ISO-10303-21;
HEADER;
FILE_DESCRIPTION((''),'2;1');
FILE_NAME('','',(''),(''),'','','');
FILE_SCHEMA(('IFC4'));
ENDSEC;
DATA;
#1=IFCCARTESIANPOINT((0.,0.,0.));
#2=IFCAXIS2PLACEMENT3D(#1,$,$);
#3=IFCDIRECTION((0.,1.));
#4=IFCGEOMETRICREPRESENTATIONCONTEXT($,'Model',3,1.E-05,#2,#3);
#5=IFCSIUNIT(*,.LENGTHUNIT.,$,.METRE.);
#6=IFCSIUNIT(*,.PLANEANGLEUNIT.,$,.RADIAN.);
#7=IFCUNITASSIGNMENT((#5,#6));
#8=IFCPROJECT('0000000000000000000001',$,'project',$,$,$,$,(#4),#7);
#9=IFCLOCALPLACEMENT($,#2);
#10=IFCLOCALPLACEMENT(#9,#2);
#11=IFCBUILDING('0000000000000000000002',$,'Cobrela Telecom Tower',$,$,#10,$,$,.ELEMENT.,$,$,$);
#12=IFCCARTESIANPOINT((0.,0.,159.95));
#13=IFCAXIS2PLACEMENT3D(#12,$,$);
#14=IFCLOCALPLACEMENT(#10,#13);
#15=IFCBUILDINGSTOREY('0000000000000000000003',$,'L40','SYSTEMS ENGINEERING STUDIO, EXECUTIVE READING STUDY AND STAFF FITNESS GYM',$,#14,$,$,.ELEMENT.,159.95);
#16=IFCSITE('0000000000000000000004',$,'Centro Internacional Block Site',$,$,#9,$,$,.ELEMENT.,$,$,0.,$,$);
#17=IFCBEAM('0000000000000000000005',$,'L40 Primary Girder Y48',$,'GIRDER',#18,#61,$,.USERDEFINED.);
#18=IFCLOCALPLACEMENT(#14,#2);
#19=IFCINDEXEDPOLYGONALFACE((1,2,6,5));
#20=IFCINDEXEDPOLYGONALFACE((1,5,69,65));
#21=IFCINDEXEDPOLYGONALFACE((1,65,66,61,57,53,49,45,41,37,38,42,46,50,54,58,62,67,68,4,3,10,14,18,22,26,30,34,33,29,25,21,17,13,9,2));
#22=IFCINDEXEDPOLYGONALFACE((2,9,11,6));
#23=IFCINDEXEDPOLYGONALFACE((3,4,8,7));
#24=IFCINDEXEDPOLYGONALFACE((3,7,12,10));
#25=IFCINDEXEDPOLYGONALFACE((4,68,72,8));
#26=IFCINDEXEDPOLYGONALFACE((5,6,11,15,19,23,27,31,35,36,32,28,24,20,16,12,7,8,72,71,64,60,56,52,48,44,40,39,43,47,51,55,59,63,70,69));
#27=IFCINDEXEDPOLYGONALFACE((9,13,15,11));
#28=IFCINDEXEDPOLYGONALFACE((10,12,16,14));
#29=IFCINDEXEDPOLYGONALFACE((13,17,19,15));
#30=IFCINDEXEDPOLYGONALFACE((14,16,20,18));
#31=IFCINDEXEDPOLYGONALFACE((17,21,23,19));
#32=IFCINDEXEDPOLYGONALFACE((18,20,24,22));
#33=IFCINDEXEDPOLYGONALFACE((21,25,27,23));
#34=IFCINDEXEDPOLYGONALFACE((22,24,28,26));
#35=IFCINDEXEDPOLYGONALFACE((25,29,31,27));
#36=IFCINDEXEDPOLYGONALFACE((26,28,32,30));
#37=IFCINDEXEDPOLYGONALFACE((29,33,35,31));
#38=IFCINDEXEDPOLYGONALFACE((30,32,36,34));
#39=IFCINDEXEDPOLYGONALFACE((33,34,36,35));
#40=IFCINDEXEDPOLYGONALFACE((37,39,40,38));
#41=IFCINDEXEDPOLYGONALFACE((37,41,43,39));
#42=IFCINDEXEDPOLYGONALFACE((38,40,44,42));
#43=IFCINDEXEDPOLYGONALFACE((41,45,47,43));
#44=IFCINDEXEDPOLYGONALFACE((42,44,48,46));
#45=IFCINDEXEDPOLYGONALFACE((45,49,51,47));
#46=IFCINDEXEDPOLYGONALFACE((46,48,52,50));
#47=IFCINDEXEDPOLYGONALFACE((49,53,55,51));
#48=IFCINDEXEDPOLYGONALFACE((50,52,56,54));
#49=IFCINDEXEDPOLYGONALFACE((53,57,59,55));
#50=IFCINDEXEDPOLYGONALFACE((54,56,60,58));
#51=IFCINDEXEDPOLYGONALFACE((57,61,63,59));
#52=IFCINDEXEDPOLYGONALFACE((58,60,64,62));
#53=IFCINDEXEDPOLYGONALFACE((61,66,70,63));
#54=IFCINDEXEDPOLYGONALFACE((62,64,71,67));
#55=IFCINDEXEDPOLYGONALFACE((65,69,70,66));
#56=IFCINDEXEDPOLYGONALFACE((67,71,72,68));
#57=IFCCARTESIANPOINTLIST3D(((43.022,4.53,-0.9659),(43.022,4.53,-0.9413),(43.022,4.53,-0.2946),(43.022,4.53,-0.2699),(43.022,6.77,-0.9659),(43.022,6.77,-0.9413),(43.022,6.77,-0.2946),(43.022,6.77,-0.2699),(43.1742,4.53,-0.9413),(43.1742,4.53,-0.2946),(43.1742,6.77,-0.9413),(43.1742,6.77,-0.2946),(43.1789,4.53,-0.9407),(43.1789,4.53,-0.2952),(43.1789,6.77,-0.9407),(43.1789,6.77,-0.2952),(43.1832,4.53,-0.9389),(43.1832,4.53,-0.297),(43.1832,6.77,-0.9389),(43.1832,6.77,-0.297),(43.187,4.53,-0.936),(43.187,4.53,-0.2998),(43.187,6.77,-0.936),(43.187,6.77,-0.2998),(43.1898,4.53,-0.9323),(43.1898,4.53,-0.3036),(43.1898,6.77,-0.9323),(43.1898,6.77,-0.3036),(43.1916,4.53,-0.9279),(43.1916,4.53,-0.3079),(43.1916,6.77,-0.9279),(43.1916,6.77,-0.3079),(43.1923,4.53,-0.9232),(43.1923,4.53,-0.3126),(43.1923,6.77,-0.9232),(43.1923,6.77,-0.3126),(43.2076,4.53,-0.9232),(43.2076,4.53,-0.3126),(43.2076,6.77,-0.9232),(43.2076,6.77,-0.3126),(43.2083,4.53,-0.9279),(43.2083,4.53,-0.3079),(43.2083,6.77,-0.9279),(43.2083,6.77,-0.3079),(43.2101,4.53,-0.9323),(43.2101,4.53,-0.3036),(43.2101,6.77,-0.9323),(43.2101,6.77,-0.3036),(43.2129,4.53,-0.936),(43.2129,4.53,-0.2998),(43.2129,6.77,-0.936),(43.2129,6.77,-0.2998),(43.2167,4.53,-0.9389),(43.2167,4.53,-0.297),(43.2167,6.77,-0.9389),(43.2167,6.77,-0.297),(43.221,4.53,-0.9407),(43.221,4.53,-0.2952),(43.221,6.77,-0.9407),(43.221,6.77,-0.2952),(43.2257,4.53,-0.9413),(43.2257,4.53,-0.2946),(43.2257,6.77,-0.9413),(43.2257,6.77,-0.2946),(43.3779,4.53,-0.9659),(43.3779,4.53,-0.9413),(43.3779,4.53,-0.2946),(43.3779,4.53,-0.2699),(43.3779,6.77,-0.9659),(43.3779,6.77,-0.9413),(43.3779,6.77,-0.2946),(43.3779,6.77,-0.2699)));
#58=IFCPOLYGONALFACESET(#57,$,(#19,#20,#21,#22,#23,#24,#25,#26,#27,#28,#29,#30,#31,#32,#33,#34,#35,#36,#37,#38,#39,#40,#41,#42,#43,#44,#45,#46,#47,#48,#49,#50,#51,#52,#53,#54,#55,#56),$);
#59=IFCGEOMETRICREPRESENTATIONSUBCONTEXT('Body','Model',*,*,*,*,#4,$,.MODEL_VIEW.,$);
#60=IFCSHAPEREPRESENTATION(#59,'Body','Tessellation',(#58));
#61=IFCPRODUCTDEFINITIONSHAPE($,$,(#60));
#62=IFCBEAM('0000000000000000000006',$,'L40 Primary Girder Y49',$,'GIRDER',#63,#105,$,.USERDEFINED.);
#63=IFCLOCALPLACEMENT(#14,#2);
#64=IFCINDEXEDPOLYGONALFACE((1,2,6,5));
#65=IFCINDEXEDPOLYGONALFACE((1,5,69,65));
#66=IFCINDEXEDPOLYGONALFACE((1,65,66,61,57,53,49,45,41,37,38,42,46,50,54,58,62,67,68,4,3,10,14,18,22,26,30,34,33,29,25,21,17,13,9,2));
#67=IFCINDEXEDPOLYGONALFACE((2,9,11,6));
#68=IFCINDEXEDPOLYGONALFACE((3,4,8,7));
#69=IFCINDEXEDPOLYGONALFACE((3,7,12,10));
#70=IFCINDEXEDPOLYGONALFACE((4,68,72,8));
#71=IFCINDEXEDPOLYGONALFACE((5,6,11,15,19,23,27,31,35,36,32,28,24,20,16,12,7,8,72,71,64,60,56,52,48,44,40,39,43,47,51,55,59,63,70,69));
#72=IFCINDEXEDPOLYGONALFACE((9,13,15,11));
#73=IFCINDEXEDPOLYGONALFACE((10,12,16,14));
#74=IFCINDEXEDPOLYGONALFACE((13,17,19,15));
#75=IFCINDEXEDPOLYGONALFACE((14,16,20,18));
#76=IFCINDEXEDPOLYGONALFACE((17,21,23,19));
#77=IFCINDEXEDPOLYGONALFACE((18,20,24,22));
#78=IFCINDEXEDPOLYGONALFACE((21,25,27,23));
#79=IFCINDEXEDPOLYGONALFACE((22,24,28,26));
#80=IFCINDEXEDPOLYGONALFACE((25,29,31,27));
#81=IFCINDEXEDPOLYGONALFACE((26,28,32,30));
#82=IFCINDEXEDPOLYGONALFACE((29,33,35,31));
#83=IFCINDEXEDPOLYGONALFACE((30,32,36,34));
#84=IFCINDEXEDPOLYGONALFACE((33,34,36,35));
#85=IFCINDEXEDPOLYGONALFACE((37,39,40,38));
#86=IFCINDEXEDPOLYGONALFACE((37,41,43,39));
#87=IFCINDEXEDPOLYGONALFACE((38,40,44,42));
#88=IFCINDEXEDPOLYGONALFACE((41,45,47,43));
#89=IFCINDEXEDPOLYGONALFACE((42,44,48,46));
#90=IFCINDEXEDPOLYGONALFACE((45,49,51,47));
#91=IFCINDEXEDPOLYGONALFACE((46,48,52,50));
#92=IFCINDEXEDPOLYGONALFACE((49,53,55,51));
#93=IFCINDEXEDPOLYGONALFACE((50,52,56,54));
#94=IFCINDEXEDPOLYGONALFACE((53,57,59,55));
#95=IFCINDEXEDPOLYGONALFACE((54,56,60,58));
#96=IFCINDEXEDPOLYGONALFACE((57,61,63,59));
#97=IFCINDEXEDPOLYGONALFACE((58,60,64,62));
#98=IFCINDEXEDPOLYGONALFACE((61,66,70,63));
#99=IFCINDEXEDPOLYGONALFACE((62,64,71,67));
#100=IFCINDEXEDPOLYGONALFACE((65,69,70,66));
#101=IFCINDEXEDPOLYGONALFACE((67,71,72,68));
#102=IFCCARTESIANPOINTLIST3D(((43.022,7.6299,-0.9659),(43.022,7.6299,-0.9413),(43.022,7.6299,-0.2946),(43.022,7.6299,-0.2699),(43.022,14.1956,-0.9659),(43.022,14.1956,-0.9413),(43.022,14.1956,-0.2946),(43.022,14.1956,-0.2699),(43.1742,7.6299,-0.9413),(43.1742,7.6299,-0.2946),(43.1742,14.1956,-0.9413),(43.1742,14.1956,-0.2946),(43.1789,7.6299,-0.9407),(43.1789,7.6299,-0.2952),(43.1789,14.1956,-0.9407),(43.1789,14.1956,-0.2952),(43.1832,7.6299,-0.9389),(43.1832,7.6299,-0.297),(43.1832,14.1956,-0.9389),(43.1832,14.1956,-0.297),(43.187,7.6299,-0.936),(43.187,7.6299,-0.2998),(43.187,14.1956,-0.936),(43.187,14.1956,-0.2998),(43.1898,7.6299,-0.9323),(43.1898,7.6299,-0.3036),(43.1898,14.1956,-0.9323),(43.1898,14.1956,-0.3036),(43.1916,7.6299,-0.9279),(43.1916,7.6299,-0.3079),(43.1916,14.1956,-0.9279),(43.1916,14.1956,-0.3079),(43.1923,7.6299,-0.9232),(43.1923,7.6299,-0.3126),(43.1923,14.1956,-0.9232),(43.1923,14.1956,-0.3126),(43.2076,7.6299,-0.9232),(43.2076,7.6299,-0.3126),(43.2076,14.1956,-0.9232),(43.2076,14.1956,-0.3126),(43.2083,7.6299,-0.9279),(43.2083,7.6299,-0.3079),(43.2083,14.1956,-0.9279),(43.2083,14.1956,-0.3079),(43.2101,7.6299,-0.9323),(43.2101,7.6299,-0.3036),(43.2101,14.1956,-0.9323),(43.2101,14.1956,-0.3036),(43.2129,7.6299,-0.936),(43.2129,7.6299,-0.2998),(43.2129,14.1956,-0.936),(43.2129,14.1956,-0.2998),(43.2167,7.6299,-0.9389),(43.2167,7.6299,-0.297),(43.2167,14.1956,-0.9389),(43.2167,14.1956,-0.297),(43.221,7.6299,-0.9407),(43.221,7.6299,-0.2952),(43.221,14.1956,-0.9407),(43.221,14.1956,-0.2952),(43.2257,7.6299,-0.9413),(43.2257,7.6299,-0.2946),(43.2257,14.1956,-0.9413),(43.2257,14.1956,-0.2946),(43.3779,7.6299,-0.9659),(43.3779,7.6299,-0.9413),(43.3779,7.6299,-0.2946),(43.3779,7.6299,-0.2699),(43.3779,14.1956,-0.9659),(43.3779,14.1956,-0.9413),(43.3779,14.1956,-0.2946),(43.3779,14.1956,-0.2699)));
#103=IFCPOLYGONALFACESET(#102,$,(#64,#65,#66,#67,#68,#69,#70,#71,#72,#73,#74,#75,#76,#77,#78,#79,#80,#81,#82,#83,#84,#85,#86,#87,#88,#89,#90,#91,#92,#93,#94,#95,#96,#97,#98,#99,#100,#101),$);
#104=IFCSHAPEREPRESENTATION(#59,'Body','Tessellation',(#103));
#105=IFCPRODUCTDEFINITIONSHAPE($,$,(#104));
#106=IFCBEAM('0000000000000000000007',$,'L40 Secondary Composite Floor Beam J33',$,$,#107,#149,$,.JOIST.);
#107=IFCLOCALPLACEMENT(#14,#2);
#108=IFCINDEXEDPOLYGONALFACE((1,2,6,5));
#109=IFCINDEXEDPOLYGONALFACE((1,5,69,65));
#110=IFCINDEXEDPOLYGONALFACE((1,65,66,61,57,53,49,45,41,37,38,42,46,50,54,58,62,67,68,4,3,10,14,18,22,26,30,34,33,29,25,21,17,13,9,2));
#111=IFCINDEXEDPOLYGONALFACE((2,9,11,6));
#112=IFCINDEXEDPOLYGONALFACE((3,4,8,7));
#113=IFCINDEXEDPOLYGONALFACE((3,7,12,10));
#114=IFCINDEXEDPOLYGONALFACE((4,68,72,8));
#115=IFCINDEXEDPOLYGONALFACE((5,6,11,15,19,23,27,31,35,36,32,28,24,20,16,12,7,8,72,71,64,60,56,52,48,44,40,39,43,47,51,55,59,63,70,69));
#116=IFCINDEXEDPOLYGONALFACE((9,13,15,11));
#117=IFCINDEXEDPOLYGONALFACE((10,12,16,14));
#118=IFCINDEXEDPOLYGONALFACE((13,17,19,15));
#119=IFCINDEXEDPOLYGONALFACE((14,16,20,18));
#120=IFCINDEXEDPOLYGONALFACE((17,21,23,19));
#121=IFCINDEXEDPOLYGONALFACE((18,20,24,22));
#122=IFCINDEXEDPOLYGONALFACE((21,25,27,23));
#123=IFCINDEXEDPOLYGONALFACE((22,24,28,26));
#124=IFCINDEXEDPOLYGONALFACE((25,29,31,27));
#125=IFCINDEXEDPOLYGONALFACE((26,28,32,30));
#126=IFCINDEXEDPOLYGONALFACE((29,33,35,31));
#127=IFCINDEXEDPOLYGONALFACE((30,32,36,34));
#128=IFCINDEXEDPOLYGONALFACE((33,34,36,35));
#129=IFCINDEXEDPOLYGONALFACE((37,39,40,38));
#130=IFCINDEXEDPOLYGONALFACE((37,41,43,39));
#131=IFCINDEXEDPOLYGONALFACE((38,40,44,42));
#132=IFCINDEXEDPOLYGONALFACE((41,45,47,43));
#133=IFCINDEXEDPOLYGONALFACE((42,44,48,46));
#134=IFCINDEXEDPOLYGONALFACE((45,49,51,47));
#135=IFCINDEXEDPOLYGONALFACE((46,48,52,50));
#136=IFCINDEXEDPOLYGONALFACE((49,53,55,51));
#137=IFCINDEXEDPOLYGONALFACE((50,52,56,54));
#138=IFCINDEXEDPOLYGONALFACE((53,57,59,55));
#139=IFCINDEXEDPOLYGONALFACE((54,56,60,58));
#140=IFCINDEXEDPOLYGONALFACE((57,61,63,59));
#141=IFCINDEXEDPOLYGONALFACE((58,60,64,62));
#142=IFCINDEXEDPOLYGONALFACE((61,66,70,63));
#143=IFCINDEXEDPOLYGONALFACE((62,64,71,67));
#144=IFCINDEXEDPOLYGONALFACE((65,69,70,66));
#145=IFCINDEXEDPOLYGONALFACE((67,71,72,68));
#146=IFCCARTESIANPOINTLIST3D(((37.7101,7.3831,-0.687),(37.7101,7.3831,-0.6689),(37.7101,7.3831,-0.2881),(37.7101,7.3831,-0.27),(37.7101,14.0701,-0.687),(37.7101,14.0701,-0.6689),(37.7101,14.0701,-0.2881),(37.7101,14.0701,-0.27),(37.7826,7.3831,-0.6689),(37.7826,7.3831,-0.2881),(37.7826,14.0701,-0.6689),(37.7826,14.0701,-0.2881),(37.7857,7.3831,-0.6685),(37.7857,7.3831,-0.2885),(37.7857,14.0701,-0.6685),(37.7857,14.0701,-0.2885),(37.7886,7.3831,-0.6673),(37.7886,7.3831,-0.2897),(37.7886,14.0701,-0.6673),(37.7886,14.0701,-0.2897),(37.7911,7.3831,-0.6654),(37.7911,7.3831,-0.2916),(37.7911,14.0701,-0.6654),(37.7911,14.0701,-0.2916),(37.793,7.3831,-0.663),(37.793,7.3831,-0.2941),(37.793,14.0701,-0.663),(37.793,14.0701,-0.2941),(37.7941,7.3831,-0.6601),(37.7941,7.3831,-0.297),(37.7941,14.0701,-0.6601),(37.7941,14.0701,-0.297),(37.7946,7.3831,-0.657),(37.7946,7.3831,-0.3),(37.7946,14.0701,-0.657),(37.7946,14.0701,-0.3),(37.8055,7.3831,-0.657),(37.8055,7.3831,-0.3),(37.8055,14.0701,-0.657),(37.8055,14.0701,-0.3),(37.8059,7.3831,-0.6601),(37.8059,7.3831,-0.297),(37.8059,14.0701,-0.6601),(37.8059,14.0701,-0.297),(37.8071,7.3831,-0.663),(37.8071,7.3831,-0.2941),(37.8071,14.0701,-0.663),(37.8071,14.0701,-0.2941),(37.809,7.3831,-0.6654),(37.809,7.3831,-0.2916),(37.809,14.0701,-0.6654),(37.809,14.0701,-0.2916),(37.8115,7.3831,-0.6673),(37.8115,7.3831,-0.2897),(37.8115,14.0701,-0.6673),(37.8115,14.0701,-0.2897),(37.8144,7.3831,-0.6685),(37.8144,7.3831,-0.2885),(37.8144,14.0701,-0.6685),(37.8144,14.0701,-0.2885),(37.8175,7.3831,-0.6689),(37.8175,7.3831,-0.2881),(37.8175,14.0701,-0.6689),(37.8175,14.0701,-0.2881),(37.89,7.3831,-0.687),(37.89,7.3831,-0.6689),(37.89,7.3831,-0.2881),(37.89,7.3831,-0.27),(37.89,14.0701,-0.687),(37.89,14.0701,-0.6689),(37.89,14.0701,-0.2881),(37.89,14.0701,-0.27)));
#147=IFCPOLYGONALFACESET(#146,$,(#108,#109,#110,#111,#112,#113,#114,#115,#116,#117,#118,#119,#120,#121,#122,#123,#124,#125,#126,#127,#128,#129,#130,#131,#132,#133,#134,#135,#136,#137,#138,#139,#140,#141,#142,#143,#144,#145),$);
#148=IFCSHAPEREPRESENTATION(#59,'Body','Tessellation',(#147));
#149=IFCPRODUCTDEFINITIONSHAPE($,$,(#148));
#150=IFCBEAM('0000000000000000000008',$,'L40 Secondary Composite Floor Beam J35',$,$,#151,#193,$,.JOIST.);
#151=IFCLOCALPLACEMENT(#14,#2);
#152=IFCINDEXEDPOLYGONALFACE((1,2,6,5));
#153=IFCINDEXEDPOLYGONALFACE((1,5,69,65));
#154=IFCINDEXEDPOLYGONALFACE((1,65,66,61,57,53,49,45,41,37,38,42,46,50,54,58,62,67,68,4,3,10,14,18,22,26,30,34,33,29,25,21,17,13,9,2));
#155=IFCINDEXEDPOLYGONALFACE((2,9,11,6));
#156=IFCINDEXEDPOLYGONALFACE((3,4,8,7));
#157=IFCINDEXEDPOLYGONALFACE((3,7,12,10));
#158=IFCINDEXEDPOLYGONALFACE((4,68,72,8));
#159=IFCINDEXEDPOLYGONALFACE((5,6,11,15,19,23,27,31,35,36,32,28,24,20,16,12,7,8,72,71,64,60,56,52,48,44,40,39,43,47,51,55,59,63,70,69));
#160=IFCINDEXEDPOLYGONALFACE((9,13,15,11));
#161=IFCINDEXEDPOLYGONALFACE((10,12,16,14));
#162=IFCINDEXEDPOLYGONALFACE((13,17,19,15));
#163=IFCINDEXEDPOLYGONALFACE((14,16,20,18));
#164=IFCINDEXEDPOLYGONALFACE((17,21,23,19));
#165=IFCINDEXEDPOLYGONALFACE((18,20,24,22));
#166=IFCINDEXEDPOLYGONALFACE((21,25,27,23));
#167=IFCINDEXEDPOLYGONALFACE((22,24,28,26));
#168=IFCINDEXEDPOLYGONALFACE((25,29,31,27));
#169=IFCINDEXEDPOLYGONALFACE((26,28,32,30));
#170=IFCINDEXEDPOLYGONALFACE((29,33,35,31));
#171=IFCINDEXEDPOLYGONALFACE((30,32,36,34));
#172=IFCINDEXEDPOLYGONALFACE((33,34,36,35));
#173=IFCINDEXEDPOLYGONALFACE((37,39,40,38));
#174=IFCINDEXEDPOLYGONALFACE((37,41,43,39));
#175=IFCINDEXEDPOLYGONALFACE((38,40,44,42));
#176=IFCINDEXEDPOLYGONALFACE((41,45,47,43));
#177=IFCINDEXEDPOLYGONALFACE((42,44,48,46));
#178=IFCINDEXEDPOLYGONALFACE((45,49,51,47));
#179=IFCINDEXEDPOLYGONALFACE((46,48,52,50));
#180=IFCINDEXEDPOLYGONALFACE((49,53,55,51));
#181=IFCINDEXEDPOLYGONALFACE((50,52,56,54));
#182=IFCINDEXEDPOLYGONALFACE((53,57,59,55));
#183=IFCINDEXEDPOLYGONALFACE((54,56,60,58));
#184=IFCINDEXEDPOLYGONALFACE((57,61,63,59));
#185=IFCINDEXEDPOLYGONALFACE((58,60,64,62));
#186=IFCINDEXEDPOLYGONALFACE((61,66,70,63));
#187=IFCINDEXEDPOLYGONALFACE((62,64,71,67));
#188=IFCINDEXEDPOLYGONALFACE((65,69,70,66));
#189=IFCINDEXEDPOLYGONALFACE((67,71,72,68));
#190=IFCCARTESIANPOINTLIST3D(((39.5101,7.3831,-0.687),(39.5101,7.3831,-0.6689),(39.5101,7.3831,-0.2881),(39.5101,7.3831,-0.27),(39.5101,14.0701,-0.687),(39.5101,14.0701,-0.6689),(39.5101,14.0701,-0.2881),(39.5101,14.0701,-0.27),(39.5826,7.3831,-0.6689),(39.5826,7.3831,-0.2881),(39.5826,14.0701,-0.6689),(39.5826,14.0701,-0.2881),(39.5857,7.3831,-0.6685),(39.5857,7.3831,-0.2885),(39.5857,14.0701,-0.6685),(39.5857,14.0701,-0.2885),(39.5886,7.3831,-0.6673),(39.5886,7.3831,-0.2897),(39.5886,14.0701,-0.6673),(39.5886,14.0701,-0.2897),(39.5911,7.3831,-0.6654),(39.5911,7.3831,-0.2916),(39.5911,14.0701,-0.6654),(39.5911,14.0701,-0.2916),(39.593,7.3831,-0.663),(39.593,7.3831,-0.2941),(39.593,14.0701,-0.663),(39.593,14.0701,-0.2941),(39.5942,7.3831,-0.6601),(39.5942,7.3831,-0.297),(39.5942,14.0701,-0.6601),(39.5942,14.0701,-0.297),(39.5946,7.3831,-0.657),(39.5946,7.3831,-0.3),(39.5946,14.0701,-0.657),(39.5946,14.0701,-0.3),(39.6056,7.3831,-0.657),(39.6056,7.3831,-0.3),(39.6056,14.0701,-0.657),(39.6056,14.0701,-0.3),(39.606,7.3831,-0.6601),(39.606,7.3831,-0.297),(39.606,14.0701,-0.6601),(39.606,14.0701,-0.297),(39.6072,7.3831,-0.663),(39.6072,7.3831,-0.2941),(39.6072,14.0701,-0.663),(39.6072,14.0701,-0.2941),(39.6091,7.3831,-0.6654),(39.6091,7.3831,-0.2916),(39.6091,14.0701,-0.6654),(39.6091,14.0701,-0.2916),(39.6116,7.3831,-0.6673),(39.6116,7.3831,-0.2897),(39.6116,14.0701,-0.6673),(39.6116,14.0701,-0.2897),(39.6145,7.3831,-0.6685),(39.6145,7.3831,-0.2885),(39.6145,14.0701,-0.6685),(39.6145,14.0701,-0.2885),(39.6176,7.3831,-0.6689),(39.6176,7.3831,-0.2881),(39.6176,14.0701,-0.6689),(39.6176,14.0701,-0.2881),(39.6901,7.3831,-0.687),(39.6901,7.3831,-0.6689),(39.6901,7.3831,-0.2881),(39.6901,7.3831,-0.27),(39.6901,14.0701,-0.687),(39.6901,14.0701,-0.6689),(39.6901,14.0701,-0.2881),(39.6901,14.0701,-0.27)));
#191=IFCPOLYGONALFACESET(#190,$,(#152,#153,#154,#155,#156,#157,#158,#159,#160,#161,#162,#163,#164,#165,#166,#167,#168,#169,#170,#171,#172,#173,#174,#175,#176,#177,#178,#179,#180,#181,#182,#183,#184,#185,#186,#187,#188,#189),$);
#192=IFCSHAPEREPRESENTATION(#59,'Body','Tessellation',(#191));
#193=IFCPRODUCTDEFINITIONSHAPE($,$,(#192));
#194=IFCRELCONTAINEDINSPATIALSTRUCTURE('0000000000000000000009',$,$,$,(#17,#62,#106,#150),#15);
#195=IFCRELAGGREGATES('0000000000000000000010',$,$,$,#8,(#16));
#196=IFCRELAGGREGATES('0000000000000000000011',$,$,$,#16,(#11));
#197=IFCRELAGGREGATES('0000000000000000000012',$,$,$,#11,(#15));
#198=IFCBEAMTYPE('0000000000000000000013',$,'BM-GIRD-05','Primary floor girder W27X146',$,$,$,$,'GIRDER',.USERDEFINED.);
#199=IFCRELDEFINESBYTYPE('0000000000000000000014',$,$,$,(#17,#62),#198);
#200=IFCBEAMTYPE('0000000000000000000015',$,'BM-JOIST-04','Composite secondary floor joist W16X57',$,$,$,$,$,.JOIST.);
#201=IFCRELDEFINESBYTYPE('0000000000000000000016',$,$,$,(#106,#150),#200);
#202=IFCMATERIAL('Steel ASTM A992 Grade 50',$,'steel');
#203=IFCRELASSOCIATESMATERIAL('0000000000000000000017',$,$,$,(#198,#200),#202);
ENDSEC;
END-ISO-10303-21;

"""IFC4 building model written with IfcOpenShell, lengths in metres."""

from ifc_helpers import new_model, si_unit, direction, frame, origin, origin_2d, place, context, subcontext, project, spatial, i_section, extrude, material, material_profile, profile_set, type_object, element, save


model = new_model("IFC4")

# Units and contexts
model_context = context("Model", 3, precision=1e-05, world=origin(), true_north=direction((0.0, 1.0)))
body_context = subcontext(model_context, "Body", "Model", "MODEL_VIEW")
ifc_project = project(units=[si_unit("LENGTHUNIT", "METRE"), si_unit("PLANEANGLEUNIT", "RADIAN")], contexts=[model_context])

# Site, building, storey
site_placement = place(None, origin())
site = spatial("IfcSite", under=ifc_project, at=site_placement, Name="Centro Internacional Block Site", CompositionType="ELEMENT", RefElevation=0.0)
building_placement = place(site_placement, origin())
building = spatial("IfcBuilding", under=site, at=building_placement, Name="Cobrela Telecom Tower", CompositionType="ELEMENT")
storey_placement = place(building_placement, frame((0.0, 0.0, 159.95)))
storey = spatial("IfcBuildingStorey", under=building, at=storey_placement, Name="L40", Description="SYSTEMS ENGINEERING STUDIO, EXECUTIVE READING STUDY AND STAFF FITNESS GYM", CompositionType="ELEMENT", Elevation=159.95)

# Shared definitions
ifc_material_1 = material(Name="Steel ASTM A992 Grade 50", Category="steel")

# Beams
ifc_material_profile_1 = material_profile(ifc_material_1, i_section(OverallWidth=0.356, OverallDepth=0.696, WebThickness=0.0154, FlangeThickness=0.0247, FilletRadius=0.0181, at=origin_2d()), Name="W27X146")
ifc_profile_set_1 = profile_set([ifc_material_profile_1], Name="Steel ASTM A992 Grade 50")
beam_type_1 = type_object("IfcBeamType", Name="BM-GIRD-05", Description="Primary floor girder W27X146", ElementType="GIRDER", PredefinedType="USERDEFINED", material=ifc_profile_set_1)
beam_1_placement = place(storey_placement, frame((43.2, 4.53, -0.6179), z_axis=(0.0, 1.0, 0.0), x_axis=(-1.0, 0.0, 0.0)))
element("IfcBeam", 1, at=beam_1_placement, inside=storey, type_object=beam_type_1, Name="L40 Primary Girder Y48", ObjectType="GIRDER", PredefinedType="USERDEFINED", context=body_context, shape_type="SweptSolid", body=[
    extrude(i_section(OverallWidth=0.356, OverallDepth=0.696, WebThickness=0.0154, FlangeThickness=0.0247, FilletRadius=0.0181, at=origin_2d()), origin(), (0.0, 0.0, 1.0), 2.24),
])
beam_2_placement = place(storey_placement, frame((43.2, 7.6299, -0.6179), z_axis=(0.0, 1.0, 0.0), x_axis=(-1.0, 0.0, 0.0)))
element("IfcBeam", 2, at=beam_2_placement, inside=storey, type_object=beam_type_1, Name="L40 Primary Girder Y49", ObjectType="GIRDER", PredefinedType="USERDEFINED", context=body_context, shape_type="SweptSolid", body=[
    extrude(i_section(OverallWidth=0.356, OverallDepth=0.696, WebThickness=0.0154, FlangeThickness=0.0247, FilletRadius=0.0181, at=origin_2d()), origin(), (0.0, 0.0, 1.0), 6.5657),
])
ifc_material_profile_2 = material_profile(ifc_material_1, i_section(OverallWidth=0.1799, OverallDepth=0.417, WebThickness=0.011, FlangeThickness=0.0181, FilletRadius=0.012, at=origin_2d()), Name="W16X57")
ifc_profile_set_2 = profile_set([ifc_material_profile_2], Name="Steel ASTM A992 Grade 50")
beam_type_2 = type_object("IfcBeamType", Name="BM-JOIST-04", Description="Composite secondary floor joist W16X57", PredefinedType="JOIST", material=ifc_profile_set_2)
for number, where, z_axis, x_axis, name in (
    (3, (37.8, 7.3831, -0.4785), (0.0, 1.0, 0.0), (-1.0, 0.0, 0.0), "L40 Secondary Composite Floor Beam J33"),
    (4, (39.6001, 7.3831, -0.4785), (0.0, 1.0, 0.0), (-1.0, 0.0, 0.0), "L40 Secondary Composite Floor Beam J35"),
):
    element("IfcBeam", number, at=place(storey_placement, frame(where, z_axis=z_axis, x_axis=x_axis)), inside=storey, type_object=beam_type_2, Name=name, PredefinedType="JOIST", context=body_context, shape_type="SweptSolid", body=[
        extrude(i_section(OverallWidth=0.1799, OverallDepth=0.417, WebThickness=0.011, FlangeThickness=0.0181, FilletRadius=0.012, at=origin_2d()), origin(), (0.0, 0.0, 1.0), 6.687),
    ])

save(model, "model.ifc")
